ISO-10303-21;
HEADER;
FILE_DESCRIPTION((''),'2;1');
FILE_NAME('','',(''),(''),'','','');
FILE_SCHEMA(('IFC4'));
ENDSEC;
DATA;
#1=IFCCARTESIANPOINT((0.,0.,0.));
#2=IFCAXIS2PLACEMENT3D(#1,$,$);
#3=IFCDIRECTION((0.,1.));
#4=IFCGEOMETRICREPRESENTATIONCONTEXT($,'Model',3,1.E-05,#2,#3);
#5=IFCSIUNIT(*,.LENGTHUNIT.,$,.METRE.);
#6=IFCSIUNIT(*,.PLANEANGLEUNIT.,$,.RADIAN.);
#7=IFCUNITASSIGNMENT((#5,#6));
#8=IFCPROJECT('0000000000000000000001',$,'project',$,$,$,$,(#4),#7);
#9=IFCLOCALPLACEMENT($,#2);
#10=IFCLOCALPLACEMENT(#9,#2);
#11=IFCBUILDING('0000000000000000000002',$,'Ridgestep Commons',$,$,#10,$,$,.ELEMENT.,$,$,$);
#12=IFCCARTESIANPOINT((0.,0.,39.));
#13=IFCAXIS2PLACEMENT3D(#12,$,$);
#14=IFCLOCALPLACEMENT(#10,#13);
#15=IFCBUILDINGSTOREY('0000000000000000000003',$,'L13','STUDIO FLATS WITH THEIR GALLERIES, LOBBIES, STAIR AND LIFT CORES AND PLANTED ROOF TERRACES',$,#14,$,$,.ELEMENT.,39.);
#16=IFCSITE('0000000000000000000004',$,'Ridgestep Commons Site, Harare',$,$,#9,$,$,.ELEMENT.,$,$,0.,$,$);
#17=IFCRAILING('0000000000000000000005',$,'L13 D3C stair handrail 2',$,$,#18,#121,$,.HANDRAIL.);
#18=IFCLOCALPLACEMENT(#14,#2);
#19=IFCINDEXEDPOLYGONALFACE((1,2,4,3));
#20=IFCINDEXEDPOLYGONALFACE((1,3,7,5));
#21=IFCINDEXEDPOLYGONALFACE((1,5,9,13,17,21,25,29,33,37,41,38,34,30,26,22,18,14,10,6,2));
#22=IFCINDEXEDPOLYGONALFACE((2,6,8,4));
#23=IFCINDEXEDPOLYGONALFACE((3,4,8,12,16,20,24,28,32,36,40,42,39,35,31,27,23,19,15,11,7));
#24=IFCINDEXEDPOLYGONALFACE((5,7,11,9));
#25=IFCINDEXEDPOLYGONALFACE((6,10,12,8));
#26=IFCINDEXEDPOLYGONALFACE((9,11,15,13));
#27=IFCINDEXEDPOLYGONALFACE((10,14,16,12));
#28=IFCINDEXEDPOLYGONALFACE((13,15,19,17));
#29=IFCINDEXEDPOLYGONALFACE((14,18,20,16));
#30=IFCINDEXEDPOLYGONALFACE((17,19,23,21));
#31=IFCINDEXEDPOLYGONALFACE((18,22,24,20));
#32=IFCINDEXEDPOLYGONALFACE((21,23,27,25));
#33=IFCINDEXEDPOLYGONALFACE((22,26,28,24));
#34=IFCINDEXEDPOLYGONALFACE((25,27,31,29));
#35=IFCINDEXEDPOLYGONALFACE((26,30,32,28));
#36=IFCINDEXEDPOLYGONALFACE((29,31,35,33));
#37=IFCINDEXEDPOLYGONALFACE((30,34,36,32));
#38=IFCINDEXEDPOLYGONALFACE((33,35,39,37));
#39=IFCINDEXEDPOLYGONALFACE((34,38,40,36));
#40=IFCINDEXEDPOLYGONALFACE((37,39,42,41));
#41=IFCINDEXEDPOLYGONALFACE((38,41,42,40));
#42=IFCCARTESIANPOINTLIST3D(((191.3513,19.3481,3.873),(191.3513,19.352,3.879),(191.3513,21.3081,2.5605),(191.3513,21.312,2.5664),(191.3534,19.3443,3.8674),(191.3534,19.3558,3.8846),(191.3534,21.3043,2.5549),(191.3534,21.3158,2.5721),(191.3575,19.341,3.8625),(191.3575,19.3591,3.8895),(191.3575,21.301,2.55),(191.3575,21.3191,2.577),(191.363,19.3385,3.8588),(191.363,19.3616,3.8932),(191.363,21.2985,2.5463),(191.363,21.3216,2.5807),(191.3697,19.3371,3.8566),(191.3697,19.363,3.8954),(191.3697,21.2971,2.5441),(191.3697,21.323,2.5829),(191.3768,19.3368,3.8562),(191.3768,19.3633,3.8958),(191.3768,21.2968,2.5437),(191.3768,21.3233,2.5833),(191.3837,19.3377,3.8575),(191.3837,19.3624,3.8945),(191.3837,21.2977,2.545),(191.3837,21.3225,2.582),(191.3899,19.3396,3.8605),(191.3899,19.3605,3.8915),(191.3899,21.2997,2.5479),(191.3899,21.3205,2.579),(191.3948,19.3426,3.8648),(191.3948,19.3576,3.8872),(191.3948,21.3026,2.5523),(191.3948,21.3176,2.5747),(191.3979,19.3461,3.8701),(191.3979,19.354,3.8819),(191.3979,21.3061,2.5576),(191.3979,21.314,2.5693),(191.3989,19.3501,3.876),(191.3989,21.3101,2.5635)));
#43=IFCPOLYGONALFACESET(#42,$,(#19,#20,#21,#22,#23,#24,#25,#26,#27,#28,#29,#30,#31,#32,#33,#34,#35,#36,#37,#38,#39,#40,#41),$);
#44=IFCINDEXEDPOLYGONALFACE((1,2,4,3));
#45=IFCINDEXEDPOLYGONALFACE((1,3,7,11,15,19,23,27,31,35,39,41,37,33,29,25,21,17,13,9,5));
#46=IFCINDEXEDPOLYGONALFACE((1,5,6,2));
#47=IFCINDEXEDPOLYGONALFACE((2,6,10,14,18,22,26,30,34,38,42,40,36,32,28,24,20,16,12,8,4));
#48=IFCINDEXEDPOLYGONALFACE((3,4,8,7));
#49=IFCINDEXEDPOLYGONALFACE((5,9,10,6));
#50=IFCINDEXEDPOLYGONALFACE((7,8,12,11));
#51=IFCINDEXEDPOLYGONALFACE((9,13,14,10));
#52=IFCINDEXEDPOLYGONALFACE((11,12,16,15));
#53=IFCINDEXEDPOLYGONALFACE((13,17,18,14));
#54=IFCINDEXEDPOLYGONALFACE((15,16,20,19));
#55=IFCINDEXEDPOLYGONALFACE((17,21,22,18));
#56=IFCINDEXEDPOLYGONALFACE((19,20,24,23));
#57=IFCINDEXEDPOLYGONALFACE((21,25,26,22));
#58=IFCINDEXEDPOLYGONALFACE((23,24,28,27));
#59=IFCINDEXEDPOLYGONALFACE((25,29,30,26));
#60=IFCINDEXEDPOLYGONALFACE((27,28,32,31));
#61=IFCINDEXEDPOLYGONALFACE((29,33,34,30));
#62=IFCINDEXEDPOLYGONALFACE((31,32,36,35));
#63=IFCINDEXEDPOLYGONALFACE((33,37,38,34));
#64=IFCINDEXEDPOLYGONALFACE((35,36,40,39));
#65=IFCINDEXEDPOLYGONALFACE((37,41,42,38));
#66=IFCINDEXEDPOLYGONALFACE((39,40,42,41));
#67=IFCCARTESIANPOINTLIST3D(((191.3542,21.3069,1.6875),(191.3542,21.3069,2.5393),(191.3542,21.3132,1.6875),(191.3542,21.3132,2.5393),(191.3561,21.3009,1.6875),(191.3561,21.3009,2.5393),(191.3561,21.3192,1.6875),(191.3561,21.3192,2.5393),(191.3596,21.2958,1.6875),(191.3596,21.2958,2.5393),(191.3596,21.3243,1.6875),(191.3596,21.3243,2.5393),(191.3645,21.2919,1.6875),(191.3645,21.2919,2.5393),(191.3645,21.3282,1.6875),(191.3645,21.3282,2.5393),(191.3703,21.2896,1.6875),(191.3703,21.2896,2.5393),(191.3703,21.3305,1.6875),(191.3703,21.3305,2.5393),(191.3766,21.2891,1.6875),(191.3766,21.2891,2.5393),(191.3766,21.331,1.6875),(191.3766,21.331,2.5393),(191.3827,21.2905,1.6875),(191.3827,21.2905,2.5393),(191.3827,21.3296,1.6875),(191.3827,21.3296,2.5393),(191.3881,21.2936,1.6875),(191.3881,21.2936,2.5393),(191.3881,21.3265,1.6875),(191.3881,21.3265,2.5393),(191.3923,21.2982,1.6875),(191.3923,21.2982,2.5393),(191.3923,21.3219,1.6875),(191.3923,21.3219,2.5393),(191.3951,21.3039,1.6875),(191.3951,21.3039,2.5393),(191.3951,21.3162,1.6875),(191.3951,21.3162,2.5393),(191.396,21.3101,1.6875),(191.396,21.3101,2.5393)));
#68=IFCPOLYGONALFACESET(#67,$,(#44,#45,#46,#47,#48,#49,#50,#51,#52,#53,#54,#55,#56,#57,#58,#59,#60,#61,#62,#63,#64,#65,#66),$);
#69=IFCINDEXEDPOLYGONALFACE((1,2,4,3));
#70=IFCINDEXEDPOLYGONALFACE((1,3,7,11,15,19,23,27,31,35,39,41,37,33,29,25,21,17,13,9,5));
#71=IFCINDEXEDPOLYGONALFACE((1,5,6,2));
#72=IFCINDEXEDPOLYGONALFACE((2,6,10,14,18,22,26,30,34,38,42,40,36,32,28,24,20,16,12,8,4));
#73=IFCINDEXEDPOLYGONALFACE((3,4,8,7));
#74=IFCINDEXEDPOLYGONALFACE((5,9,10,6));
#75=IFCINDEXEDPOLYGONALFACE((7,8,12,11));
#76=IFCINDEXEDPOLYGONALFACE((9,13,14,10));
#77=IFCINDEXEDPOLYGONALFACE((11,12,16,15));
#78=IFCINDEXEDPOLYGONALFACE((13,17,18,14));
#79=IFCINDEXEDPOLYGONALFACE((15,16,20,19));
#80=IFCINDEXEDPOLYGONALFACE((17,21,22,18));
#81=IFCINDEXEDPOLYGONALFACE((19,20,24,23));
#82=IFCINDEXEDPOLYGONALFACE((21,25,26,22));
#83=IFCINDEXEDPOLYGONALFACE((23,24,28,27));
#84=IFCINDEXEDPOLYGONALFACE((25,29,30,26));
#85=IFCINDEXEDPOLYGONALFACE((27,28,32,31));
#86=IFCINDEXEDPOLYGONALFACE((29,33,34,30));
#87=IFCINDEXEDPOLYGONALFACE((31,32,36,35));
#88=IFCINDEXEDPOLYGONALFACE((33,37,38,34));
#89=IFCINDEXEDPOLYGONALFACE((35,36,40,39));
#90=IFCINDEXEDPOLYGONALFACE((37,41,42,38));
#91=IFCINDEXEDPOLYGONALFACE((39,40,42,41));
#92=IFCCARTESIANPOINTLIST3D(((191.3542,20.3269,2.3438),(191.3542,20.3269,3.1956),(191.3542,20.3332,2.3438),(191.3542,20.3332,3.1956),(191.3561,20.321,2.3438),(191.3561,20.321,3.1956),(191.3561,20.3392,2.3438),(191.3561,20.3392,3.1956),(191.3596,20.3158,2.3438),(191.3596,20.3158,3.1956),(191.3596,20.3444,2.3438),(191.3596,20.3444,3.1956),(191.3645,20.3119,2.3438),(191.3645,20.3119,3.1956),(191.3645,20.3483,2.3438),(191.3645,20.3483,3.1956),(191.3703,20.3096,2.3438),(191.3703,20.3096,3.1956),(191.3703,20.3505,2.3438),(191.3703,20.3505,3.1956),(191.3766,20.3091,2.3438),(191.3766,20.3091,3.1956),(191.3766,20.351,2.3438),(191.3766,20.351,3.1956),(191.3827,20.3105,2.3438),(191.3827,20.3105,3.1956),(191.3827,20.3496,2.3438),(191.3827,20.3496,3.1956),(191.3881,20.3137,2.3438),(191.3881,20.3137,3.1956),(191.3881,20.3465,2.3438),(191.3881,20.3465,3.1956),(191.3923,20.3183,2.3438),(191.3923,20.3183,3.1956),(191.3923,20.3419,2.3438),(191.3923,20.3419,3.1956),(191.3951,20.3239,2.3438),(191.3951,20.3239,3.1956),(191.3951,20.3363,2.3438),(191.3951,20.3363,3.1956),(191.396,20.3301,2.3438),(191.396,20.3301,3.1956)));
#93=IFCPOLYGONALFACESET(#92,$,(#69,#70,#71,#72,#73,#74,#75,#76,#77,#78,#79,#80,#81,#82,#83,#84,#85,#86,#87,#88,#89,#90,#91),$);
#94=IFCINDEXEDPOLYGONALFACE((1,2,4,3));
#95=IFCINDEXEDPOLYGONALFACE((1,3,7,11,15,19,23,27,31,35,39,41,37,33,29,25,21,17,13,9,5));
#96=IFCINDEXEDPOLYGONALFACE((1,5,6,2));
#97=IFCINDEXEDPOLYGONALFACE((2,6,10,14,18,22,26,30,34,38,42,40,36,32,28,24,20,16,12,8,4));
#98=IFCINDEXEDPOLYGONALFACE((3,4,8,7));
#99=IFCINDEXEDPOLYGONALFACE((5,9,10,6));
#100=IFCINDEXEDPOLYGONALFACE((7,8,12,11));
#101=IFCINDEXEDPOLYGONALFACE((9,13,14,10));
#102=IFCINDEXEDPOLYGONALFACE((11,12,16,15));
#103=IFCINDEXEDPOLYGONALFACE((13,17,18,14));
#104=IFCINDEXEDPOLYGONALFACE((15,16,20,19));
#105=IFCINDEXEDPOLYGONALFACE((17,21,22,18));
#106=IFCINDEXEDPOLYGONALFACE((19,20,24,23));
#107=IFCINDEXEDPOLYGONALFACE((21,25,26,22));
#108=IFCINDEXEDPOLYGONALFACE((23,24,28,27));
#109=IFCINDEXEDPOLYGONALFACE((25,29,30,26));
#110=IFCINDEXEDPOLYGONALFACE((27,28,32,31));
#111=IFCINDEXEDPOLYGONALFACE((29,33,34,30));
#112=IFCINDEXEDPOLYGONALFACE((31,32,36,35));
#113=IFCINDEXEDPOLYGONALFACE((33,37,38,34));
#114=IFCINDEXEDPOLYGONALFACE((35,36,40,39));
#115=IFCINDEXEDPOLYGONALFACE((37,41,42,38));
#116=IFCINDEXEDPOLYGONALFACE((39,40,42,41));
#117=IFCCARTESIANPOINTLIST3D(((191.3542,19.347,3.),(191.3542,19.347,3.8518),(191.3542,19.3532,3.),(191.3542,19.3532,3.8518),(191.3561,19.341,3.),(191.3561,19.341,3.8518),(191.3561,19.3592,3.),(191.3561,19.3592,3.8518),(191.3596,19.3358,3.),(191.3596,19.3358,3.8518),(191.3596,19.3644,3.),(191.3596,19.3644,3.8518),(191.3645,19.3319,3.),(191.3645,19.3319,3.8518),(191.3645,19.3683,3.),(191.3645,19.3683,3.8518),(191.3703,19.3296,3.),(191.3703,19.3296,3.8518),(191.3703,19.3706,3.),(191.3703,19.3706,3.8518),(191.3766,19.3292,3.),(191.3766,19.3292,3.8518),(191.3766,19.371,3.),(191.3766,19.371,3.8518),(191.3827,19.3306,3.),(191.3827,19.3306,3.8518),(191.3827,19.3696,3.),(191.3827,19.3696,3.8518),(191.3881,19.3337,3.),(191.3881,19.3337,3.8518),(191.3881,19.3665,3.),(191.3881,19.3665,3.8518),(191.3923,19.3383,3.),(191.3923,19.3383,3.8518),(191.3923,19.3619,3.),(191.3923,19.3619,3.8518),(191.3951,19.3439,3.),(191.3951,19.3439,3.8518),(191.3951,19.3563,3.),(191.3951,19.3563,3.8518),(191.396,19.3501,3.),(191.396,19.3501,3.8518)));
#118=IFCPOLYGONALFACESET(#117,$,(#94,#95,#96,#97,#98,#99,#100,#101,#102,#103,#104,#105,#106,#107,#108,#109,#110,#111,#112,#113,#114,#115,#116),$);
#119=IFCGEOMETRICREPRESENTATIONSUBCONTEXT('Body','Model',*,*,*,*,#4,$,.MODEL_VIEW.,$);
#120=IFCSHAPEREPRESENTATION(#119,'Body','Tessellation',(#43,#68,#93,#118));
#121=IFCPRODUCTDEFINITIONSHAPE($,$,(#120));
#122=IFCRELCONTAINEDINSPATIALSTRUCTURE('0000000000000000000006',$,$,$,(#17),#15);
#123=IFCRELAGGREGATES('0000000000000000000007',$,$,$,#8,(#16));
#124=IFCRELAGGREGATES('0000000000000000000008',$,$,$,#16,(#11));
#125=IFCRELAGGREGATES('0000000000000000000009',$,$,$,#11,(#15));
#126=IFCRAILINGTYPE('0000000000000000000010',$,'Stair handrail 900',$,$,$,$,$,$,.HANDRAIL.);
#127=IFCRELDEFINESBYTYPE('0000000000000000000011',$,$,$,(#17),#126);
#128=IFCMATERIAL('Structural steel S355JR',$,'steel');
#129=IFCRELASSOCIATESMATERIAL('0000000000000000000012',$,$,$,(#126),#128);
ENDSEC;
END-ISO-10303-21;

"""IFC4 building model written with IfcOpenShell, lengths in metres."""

from ifc_helpers import new_model, si_unit, direction, frame, origin, origin_2d, place, context, subcontext, project, spatial, circle, extrude, material, type_object, element, save


model = new_model("IFC4")

# Units and contexts
model_context = context("Model", 3, precision=1e-05, world=origin(), true_north=direction((0.0, 1.0)))
body_context = subcontext(model_context, "Body", "Model", "MODEL_VIEW")
ifc_project = project(units=[si_unit("LENGTHUNIT", "METRE"), si_unit("PLANEANGLEUNIT", "RADIAN")], contexts=[model_context])

# Site, building, storey
site_placement = place(None, origin())
site = spatial("IfcSite", under=ifc_project, at=site_placement, Name="Ridgestep Commons Site, Harare", CompositionType="ELEMENT", RefElevation=0.0)
building_placement = place(site_placement, origin())
building = spatial("IfcBuilding", under=site, at=building_placement, Name="Ridgestep Commons", CompositionType="ELEMENT")
storey_placement = place(building_placement, frame((0.0, 0.0, 39.0)))
storey = spatial("IfcBuildingStorey", under=building, at=storey_placement, Name="L13", Description="STUDIO FLATS WITH THEIR GALLERIES, LOBBIES, STAIR AND LIFT CORES AND PLANTED ROOF TERRACES", CompositionType="ELEMENT", Elevation=39.0)

# Railing
ifc_material_1 = material(Name="Structural steel S355JR", Category="steel")
railing_type_1 = type_object("IfcRailingType", Name="Stair handrail 900", PredefinedType="HANDRAIL", material=ifc_material_1)
railing_1_placement = place(storey_placement, frame((191.375, 21.3101, 1.6875)))
element("IfcRailing", 1, at=railing_1_placement, inside=storey, type_object=railing_type_1, Name="L13 D3C stair handrail 2", PredefinedType="HANDRAIL", context=body_context, shape_type="SweptSolid", body=[
    extrude(circle(Radius=0.0239, at=origin_2d()), frame((0.0, 0.0, 0.876), z_axis=(0.0, -0.830902, 0.556419), x_axis=(1.0, 0.0, 0.0)), (0.0, 0.0, 1.0), 2.3589),
    extrude(circle(Radius=0.021, at=origin_2d()), origin(), (0.0, 0.0, 1.0), 0.8518),
    extrude(circle(Radius=0.021, at=origin_2d()), frame((0.0, -0.98, 0.6562)), (0.0, 0.0, 1.0), 0.8518),
    extrude(circle(Radius=0.021, at=origin_2d()), frame((0.0, -1.96, 1.3125)), (0.0, 0.0, 1.0), 0.8518),
])

save(model, "model.ifc")
